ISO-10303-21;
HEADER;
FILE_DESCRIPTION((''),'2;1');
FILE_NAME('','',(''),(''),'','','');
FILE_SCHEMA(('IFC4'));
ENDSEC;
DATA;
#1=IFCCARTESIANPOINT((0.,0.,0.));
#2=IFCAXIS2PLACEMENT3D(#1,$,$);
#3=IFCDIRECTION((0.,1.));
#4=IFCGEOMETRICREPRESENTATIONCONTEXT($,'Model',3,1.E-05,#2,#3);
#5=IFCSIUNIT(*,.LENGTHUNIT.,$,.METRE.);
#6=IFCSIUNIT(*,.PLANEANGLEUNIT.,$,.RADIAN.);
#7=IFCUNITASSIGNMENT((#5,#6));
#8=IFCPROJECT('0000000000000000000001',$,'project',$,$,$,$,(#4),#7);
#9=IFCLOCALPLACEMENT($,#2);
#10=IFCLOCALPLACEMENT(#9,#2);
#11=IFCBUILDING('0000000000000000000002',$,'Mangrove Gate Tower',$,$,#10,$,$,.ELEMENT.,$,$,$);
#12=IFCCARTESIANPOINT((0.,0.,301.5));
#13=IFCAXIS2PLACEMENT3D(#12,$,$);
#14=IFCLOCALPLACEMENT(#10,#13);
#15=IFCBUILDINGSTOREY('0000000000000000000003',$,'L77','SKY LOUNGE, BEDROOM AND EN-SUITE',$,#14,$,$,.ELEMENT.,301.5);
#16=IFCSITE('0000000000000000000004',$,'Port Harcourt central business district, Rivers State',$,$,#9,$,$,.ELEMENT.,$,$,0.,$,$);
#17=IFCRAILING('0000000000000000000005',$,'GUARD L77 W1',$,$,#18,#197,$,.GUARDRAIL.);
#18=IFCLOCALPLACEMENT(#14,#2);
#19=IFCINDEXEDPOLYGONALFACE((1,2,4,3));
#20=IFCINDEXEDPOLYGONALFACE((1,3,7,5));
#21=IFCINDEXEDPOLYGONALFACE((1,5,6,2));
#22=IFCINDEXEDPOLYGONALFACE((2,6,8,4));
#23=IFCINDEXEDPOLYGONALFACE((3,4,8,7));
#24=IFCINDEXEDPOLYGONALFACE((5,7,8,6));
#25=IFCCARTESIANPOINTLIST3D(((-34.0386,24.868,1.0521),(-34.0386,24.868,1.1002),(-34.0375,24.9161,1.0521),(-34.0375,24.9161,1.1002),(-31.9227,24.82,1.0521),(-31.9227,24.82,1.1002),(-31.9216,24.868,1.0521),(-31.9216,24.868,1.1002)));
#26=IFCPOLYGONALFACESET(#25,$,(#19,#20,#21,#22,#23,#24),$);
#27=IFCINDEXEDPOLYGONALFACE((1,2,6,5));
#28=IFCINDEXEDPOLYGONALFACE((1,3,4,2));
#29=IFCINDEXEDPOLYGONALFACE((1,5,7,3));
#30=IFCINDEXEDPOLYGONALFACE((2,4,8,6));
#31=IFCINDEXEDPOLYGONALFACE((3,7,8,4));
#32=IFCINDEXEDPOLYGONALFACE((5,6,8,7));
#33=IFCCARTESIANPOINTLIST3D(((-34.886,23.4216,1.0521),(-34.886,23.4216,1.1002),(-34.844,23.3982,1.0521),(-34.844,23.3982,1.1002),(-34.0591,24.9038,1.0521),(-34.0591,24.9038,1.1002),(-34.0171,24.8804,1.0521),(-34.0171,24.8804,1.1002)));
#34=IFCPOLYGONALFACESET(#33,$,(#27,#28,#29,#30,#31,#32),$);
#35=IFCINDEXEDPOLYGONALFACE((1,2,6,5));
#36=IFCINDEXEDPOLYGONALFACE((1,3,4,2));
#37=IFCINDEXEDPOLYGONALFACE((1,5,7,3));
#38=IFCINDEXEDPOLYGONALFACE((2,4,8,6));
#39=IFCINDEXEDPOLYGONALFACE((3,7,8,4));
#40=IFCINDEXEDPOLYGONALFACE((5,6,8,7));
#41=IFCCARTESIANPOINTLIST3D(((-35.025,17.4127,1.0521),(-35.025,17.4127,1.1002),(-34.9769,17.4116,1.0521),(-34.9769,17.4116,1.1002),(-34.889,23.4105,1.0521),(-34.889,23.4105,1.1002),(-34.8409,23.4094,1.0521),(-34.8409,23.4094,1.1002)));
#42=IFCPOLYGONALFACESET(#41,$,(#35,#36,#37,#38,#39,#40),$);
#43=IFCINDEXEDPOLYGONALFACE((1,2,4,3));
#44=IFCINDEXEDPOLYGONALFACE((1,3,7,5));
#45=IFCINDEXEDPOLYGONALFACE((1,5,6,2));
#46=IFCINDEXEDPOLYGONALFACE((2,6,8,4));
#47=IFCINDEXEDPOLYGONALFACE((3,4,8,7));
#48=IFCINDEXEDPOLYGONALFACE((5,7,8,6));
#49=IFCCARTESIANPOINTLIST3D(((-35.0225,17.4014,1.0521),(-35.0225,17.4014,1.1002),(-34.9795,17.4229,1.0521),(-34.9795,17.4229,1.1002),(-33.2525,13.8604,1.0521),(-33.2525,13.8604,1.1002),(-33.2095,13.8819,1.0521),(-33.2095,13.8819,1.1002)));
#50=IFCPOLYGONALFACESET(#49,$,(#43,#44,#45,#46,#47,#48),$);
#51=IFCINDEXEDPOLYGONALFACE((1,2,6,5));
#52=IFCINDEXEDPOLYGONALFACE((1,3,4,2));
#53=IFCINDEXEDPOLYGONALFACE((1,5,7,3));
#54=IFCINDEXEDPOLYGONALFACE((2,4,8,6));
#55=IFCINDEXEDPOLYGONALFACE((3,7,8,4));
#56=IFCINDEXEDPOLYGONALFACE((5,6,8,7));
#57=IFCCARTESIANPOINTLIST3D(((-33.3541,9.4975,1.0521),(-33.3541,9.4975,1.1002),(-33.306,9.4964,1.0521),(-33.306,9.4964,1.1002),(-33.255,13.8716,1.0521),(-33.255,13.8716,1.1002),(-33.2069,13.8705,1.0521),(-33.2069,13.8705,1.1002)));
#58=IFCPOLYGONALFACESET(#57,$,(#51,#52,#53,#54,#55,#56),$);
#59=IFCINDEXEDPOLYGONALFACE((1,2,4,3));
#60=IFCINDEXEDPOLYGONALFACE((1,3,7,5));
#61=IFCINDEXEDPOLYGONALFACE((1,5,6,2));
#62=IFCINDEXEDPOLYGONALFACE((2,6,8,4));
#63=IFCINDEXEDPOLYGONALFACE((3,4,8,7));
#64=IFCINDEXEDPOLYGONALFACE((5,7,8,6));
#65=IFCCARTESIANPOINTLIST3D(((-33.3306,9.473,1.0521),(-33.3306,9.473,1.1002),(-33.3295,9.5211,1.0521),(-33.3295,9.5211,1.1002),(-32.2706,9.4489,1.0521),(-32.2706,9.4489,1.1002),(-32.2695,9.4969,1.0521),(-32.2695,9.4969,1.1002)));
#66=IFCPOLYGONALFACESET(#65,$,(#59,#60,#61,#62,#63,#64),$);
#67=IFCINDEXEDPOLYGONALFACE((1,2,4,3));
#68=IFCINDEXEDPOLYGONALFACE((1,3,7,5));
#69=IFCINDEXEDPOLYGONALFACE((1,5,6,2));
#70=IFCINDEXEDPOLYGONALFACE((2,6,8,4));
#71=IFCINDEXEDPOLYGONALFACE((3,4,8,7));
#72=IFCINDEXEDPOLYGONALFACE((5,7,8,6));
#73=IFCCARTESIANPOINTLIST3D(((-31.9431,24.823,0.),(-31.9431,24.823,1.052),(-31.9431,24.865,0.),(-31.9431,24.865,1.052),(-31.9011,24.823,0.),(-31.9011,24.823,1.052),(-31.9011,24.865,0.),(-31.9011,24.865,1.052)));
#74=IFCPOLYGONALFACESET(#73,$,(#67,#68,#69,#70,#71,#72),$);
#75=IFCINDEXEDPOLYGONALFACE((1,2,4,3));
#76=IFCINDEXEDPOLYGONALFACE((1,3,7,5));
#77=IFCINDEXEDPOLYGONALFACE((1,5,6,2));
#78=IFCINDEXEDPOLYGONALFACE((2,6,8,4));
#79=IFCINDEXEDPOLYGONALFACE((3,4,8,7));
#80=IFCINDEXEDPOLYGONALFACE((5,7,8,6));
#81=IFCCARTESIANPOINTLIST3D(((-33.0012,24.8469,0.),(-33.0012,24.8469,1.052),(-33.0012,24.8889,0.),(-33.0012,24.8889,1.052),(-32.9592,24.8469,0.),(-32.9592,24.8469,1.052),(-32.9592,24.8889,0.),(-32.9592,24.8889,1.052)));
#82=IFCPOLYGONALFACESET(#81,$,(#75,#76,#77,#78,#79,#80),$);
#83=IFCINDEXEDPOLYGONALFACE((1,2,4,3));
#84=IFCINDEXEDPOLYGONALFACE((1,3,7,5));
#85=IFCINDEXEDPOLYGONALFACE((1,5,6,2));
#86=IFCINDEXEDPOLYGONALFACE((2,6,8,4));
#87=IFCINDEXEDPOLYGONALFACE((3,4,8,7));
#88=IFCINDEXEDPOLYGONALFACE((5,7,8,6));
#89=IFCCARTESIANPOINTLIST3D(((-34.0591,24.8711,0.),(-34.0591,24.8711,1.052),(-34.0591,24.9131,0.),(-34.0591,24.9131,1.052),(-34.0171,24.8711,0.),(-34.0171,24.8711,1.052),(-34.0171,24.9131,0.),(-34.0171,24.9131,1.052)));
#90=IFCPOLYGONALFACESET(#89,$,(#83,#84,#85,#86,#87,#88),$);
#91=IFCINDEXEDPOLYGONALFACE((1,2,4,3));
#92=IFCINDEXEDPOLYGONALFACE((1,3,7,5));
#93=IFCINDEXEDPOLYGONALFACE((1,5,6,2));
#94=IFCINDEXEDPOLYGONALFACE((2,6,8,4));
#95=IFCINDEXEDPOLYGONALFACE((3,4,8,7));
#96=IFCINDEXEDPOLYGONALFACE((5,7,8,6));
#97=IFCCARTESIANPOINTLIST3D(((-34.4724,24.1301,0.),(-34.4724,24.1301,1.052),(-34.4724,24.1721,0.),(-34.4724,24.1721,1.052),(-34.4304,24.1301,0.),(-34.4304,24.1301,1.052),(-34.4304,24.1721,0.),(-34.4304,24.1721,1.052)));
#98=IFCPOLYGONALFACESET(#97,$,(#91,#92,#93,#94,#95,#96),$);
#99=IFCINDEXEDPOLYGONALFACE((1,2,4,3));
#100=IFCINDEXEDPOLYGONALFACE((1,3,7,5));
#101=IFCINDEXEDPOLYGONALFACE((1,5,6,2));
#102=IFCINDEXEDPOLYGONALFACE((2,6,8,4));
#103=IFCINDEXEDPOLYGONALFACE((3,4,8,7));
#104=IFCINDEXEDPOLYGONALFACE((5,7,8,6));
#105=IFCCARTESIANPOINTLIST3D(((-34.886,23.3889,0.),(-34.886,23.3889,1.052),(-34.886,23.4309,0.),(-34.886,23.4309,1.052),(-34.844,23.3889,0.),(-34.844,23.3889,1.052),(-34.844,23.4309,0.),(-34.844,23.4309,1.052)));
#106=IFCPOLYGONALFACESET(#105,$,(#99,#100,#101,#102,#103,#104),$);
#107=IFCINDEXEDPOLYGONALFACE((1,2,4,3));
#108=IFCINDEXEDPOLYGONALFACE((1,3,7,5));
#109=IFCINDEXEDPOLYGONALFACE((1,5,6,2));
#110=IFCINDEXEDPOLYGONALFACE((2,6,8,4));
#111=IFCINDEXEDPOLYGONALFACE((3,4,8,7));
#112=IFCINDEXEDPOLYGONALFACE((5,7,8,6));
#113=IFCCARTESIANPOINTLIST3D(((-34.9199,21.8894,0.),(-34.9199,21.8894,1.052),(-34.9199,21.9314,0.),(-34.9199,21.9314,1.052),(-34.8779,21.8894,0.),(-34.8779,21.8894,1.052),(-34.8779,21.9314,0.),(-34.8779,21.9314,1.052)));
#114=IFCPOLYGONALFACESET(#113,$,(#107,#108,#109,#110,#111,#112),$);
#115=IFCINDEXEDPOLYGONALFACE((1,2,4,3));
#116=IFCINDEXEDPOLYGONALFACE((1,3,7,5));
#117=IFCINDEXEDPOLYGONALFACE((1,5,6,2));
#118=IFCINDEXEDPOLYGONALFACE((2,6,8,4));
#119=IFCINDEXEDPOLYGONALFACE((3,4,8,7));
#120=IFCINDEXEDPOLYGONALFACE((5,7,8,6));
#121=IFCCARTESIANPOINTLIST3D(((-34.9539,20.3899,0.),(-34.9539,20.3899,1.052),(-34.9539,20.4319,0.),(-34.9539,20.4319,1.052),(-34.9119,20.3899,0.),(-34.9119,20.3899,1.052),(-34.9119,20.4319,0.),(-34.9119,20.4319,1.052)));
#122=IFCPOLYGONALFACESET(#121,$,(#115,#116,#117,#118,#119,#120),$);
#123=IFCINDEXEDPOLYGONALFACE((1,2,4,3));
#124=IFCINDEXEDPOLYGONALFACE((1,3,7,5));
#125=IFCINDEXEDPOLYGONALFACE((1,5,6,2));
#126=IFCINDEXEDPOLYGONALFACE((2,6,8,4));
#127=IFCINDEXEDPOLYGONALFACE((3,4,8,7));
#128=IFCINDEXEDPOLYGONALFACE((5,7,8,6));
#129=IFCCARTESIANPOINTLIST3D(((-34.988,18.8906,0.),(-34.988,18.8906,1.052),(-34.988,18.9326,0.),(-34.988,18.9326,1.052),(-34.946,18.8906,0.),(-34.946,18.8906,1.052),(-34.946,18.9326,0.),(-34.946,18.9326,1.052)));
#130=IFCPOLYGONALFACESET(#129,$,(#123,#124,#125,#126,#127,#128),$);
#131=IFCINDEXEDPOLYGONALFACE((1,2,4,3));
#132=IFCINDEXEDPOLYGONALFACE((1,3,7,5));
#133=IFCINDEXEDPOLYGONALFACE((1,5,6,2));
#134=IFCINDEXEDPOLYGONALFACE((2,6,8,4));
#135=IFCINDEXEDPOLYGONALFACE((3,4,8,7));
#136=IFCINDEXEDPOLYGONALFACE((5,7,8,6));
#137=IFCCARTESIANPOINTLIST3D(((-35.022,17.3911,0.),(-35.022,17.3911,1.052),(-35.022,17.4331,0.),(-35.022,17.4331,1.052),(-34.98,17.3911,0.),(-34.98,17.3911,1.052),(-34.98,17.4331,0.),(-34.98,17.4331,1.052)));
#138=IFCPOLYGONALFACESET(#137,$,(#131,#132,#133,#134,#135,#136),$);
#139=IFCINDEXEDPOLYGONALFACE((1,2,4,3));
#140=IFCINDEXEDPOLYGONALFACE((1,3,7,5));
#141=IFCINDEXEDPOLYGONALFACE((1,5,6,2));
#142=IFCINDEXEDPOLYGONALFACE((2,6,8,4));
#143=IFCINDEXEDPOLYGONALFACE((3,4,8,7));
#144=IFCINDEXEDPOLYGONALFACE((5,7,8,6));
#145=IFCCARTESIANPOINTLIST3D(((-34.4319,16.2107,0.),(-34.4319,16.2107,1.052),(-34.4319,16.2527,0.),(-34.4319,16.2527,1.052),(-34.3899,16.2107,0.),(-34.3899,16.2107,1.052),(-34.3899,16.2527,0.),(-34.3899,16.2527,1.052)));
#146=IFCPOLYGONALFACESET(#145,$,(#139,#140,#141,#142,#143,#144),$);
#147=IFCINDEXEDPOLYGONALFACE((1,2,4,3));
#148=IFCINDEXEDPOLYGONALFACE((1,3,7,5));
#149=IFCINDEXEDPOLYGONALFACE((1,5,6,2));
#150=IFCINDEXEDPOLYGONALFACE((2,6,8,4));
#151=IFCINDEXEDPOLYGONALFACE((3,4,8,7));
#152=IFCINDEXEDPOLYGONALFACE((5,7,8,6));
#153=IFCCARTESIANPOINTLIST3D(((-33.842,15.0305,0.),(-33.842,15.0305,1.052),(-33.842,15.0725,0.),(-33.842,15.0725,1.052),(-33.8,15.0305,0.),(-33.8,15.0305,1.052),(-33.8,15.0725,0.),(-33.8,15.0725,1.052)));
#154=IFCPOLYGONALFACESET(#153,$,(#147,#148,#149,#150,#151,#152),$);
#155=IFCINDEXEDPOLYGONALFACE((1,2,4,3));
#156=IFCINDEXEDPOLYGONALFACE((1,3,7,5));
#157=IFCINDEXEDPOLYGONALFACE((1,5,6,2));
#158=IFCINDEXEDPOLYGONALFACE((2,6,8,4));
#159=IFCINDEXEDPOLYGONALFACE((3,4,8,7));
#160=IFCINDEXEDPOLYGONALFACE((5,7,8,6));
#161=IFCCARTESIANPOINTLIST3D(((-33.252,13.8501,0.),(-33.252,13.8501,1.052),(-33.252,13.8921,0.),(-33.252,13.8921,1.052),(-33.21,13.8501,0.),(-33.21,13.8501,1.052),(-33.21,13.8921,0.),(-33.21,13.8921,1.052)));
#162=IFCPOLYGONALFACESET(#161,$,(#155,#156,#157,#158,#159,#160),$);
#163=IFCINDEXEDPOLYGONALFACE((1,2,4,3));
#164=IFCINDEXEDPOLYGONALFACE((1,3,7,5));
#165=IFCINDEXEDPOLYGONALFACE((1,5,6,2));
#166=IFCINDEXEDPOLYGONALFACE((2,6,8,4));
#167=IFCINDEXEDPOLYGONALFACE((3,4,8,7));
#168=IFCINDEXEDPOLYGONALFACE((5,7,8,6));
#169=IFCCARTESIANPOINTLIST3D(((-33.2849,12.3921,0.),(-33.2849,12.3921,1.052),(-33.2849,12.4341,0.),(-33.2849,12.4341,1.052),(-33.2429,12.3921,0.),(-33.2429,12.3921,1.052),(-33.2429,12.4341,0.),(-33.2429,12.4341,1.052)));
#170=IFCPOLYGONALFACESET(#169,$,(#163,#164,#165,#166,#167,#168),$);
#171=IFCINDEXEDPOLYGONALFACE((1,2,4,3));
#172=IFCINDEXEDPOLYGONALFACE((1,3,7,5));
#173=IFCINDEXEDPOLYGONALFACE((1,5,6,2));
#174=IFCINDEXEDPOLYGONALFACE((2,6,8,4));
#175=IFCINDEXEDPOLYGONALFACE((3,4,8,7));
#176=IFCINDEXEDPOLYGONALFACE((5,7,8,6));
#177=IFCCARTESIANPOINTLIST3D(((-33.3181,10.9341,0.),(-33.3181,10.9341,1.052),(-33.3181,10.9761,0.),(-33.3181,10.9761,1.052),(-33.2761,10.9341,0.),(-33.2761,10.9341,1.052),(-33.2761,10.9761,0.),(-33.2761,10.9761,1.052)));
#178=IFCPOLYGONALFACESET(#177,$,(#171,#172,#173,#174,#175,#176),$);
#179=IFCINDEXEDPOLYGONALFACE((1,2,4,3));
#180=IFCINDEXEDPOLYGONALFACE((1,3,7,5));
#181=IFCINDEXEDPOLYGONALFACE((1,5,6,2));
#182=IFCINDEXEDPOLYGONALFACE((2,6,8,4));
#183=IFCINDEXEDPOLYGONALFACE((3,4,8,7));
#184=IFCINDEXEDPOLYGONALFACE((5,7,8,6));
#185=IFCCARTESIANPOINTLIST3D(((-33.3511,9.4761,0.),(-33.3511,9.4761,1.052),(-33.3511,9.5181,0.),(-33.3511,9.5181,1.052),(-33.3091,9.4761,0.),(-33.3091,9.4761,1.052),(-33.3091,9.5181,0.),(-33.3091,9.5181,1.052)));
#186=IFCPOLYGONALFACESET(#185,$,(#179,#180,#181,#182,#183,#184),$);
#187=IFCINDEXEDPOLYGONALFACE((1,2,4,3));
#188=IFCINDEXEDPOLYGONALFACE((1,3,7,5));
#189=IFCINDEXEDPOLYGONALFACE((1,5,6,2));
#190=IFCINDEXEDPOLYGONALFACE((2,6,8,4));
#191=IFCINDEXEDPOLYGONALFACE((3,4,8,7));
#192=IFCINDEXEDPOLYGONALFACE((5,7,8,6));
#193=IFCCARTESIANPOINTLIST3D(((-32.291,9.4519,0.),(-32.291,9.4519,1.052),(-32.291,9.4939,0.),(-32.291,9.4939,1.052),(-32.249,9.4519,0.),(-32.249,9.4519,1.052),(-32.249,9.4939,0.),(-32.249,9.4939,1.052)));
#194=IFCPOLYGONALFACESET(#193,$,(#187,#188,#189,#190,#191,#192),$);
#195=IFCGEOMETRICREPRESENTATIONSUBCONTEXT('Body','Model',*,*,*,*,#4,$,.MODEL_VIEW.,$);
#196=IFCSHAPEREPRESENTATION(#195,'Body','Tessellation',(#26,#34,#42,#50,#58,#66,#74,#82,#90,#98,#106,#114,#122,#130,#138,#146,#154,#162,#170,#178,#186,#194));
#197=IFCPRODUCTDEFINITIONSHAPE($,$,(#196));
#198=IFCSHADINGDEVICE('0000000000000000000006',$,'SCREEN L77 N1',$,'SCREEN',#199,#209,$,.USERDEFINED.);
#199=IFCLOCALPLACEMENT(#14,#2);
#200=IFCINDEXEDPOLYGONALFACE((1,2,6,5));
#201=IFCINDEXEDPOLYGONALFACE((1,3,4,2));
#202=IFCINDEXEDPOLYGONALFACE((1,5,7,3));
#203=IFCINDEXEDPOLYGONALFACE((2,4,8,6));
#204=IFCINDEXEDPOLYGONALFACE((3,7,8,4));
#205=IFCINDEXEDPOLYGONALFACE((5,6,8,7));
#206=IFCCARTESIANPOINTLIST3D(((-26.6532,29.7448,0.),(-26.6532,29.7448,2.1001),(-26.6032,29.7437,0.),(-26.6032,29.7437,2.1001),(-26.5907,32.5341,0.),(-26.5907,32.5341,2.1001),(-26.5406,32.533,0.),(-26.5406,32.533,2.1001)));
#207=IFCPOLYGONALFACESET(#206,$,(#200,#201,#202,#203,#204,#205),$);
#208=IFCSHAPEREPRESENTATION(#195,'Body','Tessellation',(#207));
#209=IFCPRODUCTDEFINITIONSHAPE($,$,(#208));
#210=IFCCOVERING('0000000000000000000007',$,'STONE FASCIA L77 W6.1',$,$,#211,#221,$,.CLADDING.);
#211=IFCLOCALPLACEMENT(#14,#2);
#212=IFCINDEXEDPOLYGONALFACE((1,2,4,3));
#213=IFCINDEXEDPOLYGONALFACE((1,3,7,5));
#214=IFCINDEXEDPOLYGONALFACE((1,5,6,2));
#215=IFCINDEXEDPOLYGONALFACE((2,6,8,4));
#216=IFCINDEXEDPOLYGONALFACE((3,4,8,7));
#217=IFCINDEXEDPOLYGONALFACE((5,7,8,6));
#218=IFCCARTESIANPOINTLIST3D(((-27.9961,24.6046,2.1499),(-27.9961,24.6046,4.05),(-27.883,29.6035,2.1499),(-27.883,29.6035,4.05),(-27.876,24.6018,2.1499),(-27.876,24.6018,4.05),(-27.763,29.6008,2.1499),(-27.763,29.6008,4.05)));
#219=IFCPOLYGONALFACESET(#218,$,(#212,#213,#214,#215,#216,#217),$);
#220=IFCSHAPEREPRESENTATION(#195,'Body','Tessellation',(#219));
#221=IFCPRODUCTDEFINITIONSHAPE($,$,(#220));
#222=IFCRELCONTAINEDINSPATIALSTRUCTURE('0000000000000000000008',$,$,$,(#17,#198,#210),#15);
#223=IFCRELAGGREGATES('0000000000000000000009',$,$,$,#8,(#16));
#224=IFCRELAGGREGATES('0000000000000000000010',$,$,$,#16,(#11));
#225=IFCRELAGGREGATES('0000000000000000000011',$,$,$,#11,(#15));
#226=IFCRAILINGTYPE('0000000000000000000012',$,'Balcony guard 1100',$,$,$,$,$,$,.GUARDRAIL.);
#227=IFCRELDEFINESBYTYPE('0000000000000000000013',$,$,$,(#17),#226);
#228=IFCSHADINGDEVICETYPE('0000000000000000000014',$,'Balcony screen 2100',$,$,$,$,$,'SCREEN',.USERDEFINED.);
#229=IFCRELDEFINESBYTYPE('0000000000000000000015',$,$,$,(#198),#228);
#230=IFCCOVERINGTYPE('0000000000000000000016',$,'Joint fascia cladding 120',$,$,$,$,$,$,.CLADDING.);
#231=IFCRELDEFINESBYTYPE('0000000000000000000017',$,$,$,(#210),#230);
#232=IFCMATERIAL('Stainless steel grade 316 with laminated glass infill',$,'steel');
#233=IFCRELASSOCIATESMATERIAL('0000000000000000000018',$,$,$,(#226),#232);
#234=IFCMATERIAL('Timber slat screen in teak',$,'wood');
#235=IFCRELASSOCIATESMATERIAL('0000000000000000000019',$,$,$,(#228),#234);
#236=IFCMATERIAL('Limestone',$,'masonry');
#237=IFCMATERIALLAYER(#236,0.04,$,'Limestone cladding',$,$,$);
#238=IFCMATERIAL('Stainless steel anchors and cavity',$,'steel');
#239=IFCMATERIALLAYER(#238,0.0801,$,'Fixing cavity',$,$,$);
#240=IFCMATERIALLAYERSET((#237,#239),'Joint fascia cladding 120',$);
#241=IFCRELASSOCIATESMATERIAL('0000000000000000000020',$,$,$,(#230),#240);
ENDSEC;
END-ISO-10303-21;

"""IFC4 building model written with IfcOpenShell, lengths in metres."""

from ifc_helpers import new_model, si_unit, direction, frame, frame_2d, origin, origin_2d, place, context, subcontext, project, spatial, rectangle, extrude, material, layer, layer_set, type_object, element, save


model = new_model("IFC4")

# Units and contexts
model_context = context("Model", 3, precision=1e-05, world=origin(), true_north=direction((0.0, 1.0)))
body_context = subcontext(model_context, "Body", "Model", "MODEL_VIEW")
ifc_project = project(units=[si_unit("LENGTHUNIT", "METRE"), si_unit("PLANEANGLEUNIT", "RADIAN")], contexts=[model_context])

# Site, building, storey
site_placement = place(None, origin())
site = spatial("IfcSite", under=ifc_project, at=site_placement, Name="Port Harcourt central business district, Rivers State", CompositionType="ELEMENT", RefElevation=0.0)
building_placement = place(site_placement, origin())
building = spatial("IfcBuilding", under=site, at=building_placement, Name="Mangrove Gate Tower", CompositionType="ELEMENT")
storey_placement = place(building_placement, frame((0.0, 0.0, 301.5)))
storey = spatial("IfcBuildingStorey", under=building, at=storey_placement, Name="L77", Description="SKY LOUNGE, BEDROOM AND EN-SUITE", CompositionType="ELEMENT", Elevation=301.5)

# Shared definitions
ifc_material_1 = material(Name="Limestone", Category="masonry")

# Railing
ifc_material_2 = material(Name="Stainless steel grade 316 with laminated glass infill", Category="steel")
railing_type = type_object("IfcRailingType", Name="Balcony guard 1100", PredefinedType="GUARDRAIL", material=ifc_material_2)
railing_placement = place(storey_placement, frame((-31.9221, 24.844, 0.0)))
element("IfcRailing", 1, at=railing_placement, inside=storey, type_object=railing_type, Name="GUARD L77 W1", PredefinedType="GUARDRAIL", context=body_context, shape_type="SweptSolid", body=[
    extrude(rectangle(XDim=0.0481, YDim=0.0481, at=origin_2d()), frame((0.0, 0.0, 1.0762), z_axis=(-0.999742, 0.022724, 0.0), x_axis=(-0.022724, -0.999742, 0.0)), (0.0, 0.0, 1.0), 2.1165),
    extrude(rectangle(XDim=0.0481, YDim=0.0481, at=origin_2d()), frame((-2.116, 0.0481, 1.0762), z_axis=(-0.487205, -0.873287, 0.0), x_axis=(0.873287, -0.487205, 0.0)), (0.0, 0.0, 1.0), 1.6973),
    extrude(rectangle(XDim=0.0481, YDim=0.0481, at=origin_2d()), frame((-2.9429, -1.4341, 1.0762), z_axis=(-0.022667, -0.999743, 0.0), x_axis=(0.999743, -0.022667, 0.0)), (0.0, 0.0, 1.0), 5.9993),
    extrude(rectangle(XDim=0.0481, YDim=0.0481, at=origin_2d()), frame((-3.0789, -7.4319, 1.0762), z_axis=(0.447115, -0.894477, 0.0), x_axis=(0.894477, 0.447115, 0.0)), (0.0, 0.0, 1.0), 3.9587),
    extrude(rectangle(XDim=0.0481, YDim=0.0481, at=origin_2d()), frame((-1.3088, -10.9729, 1.0762), z_axis=(-0.022655, -0.999743, 0.0), x_axis=(0.999743, -0.022655, 0.0)), (0.0, 0.0, 1.0), 4.3752),
    extrude(rectangle(XDim=0.0481, YDim=0.0481, at=origin_2d()), frame((-1.408, -15.3469, 1.0762), z_axis=(0.99974, -0.022795, 0.0), x_axis=(0.022795, 0.99974, 0.0)), (0.0, 0.0, 1.0), 1.0603),
    extrude(rectangle(XDim=0.042, YDim=0.042, at=origin_2d()), origin(), (0.0, 0.0, 1.0), 1.052),
    extrude(rectangle(XDim=0.042, YDim=0.042, at=origin_2d()), frame((-1.0581, 0.0239, 0.0)), (0.0, 0.0, 1.0), 1.052),
    extrude(rectangle(XDim=0.042, YDim=0.042, at=origin_2d()), frame((-2.116, 0.0481, 0.0)), (0.0, 0.0, 1.0), 1.052),
    extrude(rectangle(XDim=0.042, YDim=0.042, at=origin_2d()), frame((-2.5293, -0.6929, 0.0)), (0.0, 0.0, 1.0), 1.052),
    extrude(rectangle(XDim=0.042, YDim=0.042, at=origin_2d()), frame((-2.9429, -1.4341, 0.0)), (0.0, 0.0, 1.0), 1.052),
    extrude(rectangle(XDim=0.042, YDim=0.042, at=origin_2d()), frame((-2.9768, -2.9336, 0.0)), (0.0, 0.0, 1.0), 1.052),
    extrude(rectangle(XDim=0.042, YDim=0.042, at=origin_2d()), frame((-3.0107, -4.4331, 0.0)), (0.0, 0.0, 1.0), 1.052),
    extrude(rectangle(XDim=0.042, YDim=0.042, at=origin_2d()), frame((-3.0449, -5.9324, 0.0)), (0.0, 0.0, 1.0), 1.052),
    extrude(rectangle(XDim=0.042, YDim=0.042, at=origin_2d()), frame((-3.0789, -7.4319, 0.0)), (0.0, 0.0, 1.0), 1.052),
    extrude(rectangle(XDim=0.042, YDim=0.042, at=origin_2d()), frame((-2.4888, -8.6123, 0.0)), (0.0, 0.0, 1.0), 1.052),
    extrude(rectangle(XDim=0.042, YDim=0.042, at=origin_2d()), frame((-1.8989, -9.7925, 0.0)), (0.0, 0.0, 1.0), 1.052),
    extrude(rectangle(XDim=0.042, YDim=0.042, at=origin_2d()), frame((-1.3088, -10.9729, 0.0)), (0.0, 0.0, 1.0), 1.052),
    extrude(rectangle(XDim=0.042, YDim=0.042, at=origin_2d()), frame((-1.3418, -12.4309, 0.0)), (0.0, 0.0, 1.0), 1.052),
    extrude(rectangle(XDim=0.042, YDim=0.042, at=origin_2d()), frame((-1.375, -13.8889, 0.0)), (0.0, 0.0, 1.0), 1.052),
    extrude(rectangle(XDim=0.042, YDim=0.042, at=origin_2d()), frame((-1.408, -15.3469, 0.0)), (0.0, 0.0, 1.0), 1.052),
    extrude(rectangle(XDim=0.042, YDim=0.042, at=origin_2d()), frame((-0.3479, -15.3711, 0.0)), (0.0, 0.0, 1.0), 1.052),
])

# Shading device
ifc_material_3 = material(Name="Timber slat screen in teak", Category="wood")
shading_device_type = type_object("IfcShadingDeviceType", Name="Balcony screen 2100", ElementType="SCREEN", PredefinedType="USERDEFINED", material=ifc_material_3)
shading_device_placement = place(storey_placement, frame((-26.5969, 31.1389, 0.0), z_axis=(0.0, 0.0, 1.0), x_axis=(0.022408, 0.999749, 0.0)))
element("IfcShadingDevice", 2, at=shading_device_placement, inside=storey, type_object=shading_device_type, Name="SCREEN L77 N1", ObjectType="SCREEN", PredefinedType="USERDEFINED", context=body_context, shape_type="SweptSolid", body=[
    extrude(rectangle(XDim=2.79, YDim=0.05, at=origin_2d()), origin(), (0.0, 0.0, 1.0), 2.1001),
])

# Covering
ifc_layer_1 = layer(ifc_material_1, 0.04, Name="Limestone cladding")
ifc_material_4 = material(Name="Stainless steel anchors and cavity", Category="steel")
ifc_layer_2 = layer(ifc_material_4, 0.0801, Name="Fixing cavity")
ifc_layer_set_1 = layer_set([ifc_layer_1, ifc_layer_2], Name="Joint fascia cladding 120")
covering_type = type_object("IfcCoveringType", Name="Joint fascia cladding 120", PredefinedType="CLADDING", material=ifc_layer_set_1)
covering_1_placement = place(storey_placement, frame((-27.823, 29.6021, 2.1499), z_axis=(0.0, 0.0, 1.0), x_axis=(-0.022606, -0.999744, 0.0)))
element("IfcCovering", 3, at=covering_1_placement, inside=storey, type_object=covering_type, Name="STONE FASCIA L77 W6.1", PredefinedType="CLADDING", context=body_context, shape_type="SweptSolid", body=[
    extrude(rectangle(XDim=5.0002, YDim=0.1201, at=frame_2d((2.5, 0.0))), origin(), (0.0, 0.0, 1.0), 1.9001),
])

save(model, "model.ifc")
